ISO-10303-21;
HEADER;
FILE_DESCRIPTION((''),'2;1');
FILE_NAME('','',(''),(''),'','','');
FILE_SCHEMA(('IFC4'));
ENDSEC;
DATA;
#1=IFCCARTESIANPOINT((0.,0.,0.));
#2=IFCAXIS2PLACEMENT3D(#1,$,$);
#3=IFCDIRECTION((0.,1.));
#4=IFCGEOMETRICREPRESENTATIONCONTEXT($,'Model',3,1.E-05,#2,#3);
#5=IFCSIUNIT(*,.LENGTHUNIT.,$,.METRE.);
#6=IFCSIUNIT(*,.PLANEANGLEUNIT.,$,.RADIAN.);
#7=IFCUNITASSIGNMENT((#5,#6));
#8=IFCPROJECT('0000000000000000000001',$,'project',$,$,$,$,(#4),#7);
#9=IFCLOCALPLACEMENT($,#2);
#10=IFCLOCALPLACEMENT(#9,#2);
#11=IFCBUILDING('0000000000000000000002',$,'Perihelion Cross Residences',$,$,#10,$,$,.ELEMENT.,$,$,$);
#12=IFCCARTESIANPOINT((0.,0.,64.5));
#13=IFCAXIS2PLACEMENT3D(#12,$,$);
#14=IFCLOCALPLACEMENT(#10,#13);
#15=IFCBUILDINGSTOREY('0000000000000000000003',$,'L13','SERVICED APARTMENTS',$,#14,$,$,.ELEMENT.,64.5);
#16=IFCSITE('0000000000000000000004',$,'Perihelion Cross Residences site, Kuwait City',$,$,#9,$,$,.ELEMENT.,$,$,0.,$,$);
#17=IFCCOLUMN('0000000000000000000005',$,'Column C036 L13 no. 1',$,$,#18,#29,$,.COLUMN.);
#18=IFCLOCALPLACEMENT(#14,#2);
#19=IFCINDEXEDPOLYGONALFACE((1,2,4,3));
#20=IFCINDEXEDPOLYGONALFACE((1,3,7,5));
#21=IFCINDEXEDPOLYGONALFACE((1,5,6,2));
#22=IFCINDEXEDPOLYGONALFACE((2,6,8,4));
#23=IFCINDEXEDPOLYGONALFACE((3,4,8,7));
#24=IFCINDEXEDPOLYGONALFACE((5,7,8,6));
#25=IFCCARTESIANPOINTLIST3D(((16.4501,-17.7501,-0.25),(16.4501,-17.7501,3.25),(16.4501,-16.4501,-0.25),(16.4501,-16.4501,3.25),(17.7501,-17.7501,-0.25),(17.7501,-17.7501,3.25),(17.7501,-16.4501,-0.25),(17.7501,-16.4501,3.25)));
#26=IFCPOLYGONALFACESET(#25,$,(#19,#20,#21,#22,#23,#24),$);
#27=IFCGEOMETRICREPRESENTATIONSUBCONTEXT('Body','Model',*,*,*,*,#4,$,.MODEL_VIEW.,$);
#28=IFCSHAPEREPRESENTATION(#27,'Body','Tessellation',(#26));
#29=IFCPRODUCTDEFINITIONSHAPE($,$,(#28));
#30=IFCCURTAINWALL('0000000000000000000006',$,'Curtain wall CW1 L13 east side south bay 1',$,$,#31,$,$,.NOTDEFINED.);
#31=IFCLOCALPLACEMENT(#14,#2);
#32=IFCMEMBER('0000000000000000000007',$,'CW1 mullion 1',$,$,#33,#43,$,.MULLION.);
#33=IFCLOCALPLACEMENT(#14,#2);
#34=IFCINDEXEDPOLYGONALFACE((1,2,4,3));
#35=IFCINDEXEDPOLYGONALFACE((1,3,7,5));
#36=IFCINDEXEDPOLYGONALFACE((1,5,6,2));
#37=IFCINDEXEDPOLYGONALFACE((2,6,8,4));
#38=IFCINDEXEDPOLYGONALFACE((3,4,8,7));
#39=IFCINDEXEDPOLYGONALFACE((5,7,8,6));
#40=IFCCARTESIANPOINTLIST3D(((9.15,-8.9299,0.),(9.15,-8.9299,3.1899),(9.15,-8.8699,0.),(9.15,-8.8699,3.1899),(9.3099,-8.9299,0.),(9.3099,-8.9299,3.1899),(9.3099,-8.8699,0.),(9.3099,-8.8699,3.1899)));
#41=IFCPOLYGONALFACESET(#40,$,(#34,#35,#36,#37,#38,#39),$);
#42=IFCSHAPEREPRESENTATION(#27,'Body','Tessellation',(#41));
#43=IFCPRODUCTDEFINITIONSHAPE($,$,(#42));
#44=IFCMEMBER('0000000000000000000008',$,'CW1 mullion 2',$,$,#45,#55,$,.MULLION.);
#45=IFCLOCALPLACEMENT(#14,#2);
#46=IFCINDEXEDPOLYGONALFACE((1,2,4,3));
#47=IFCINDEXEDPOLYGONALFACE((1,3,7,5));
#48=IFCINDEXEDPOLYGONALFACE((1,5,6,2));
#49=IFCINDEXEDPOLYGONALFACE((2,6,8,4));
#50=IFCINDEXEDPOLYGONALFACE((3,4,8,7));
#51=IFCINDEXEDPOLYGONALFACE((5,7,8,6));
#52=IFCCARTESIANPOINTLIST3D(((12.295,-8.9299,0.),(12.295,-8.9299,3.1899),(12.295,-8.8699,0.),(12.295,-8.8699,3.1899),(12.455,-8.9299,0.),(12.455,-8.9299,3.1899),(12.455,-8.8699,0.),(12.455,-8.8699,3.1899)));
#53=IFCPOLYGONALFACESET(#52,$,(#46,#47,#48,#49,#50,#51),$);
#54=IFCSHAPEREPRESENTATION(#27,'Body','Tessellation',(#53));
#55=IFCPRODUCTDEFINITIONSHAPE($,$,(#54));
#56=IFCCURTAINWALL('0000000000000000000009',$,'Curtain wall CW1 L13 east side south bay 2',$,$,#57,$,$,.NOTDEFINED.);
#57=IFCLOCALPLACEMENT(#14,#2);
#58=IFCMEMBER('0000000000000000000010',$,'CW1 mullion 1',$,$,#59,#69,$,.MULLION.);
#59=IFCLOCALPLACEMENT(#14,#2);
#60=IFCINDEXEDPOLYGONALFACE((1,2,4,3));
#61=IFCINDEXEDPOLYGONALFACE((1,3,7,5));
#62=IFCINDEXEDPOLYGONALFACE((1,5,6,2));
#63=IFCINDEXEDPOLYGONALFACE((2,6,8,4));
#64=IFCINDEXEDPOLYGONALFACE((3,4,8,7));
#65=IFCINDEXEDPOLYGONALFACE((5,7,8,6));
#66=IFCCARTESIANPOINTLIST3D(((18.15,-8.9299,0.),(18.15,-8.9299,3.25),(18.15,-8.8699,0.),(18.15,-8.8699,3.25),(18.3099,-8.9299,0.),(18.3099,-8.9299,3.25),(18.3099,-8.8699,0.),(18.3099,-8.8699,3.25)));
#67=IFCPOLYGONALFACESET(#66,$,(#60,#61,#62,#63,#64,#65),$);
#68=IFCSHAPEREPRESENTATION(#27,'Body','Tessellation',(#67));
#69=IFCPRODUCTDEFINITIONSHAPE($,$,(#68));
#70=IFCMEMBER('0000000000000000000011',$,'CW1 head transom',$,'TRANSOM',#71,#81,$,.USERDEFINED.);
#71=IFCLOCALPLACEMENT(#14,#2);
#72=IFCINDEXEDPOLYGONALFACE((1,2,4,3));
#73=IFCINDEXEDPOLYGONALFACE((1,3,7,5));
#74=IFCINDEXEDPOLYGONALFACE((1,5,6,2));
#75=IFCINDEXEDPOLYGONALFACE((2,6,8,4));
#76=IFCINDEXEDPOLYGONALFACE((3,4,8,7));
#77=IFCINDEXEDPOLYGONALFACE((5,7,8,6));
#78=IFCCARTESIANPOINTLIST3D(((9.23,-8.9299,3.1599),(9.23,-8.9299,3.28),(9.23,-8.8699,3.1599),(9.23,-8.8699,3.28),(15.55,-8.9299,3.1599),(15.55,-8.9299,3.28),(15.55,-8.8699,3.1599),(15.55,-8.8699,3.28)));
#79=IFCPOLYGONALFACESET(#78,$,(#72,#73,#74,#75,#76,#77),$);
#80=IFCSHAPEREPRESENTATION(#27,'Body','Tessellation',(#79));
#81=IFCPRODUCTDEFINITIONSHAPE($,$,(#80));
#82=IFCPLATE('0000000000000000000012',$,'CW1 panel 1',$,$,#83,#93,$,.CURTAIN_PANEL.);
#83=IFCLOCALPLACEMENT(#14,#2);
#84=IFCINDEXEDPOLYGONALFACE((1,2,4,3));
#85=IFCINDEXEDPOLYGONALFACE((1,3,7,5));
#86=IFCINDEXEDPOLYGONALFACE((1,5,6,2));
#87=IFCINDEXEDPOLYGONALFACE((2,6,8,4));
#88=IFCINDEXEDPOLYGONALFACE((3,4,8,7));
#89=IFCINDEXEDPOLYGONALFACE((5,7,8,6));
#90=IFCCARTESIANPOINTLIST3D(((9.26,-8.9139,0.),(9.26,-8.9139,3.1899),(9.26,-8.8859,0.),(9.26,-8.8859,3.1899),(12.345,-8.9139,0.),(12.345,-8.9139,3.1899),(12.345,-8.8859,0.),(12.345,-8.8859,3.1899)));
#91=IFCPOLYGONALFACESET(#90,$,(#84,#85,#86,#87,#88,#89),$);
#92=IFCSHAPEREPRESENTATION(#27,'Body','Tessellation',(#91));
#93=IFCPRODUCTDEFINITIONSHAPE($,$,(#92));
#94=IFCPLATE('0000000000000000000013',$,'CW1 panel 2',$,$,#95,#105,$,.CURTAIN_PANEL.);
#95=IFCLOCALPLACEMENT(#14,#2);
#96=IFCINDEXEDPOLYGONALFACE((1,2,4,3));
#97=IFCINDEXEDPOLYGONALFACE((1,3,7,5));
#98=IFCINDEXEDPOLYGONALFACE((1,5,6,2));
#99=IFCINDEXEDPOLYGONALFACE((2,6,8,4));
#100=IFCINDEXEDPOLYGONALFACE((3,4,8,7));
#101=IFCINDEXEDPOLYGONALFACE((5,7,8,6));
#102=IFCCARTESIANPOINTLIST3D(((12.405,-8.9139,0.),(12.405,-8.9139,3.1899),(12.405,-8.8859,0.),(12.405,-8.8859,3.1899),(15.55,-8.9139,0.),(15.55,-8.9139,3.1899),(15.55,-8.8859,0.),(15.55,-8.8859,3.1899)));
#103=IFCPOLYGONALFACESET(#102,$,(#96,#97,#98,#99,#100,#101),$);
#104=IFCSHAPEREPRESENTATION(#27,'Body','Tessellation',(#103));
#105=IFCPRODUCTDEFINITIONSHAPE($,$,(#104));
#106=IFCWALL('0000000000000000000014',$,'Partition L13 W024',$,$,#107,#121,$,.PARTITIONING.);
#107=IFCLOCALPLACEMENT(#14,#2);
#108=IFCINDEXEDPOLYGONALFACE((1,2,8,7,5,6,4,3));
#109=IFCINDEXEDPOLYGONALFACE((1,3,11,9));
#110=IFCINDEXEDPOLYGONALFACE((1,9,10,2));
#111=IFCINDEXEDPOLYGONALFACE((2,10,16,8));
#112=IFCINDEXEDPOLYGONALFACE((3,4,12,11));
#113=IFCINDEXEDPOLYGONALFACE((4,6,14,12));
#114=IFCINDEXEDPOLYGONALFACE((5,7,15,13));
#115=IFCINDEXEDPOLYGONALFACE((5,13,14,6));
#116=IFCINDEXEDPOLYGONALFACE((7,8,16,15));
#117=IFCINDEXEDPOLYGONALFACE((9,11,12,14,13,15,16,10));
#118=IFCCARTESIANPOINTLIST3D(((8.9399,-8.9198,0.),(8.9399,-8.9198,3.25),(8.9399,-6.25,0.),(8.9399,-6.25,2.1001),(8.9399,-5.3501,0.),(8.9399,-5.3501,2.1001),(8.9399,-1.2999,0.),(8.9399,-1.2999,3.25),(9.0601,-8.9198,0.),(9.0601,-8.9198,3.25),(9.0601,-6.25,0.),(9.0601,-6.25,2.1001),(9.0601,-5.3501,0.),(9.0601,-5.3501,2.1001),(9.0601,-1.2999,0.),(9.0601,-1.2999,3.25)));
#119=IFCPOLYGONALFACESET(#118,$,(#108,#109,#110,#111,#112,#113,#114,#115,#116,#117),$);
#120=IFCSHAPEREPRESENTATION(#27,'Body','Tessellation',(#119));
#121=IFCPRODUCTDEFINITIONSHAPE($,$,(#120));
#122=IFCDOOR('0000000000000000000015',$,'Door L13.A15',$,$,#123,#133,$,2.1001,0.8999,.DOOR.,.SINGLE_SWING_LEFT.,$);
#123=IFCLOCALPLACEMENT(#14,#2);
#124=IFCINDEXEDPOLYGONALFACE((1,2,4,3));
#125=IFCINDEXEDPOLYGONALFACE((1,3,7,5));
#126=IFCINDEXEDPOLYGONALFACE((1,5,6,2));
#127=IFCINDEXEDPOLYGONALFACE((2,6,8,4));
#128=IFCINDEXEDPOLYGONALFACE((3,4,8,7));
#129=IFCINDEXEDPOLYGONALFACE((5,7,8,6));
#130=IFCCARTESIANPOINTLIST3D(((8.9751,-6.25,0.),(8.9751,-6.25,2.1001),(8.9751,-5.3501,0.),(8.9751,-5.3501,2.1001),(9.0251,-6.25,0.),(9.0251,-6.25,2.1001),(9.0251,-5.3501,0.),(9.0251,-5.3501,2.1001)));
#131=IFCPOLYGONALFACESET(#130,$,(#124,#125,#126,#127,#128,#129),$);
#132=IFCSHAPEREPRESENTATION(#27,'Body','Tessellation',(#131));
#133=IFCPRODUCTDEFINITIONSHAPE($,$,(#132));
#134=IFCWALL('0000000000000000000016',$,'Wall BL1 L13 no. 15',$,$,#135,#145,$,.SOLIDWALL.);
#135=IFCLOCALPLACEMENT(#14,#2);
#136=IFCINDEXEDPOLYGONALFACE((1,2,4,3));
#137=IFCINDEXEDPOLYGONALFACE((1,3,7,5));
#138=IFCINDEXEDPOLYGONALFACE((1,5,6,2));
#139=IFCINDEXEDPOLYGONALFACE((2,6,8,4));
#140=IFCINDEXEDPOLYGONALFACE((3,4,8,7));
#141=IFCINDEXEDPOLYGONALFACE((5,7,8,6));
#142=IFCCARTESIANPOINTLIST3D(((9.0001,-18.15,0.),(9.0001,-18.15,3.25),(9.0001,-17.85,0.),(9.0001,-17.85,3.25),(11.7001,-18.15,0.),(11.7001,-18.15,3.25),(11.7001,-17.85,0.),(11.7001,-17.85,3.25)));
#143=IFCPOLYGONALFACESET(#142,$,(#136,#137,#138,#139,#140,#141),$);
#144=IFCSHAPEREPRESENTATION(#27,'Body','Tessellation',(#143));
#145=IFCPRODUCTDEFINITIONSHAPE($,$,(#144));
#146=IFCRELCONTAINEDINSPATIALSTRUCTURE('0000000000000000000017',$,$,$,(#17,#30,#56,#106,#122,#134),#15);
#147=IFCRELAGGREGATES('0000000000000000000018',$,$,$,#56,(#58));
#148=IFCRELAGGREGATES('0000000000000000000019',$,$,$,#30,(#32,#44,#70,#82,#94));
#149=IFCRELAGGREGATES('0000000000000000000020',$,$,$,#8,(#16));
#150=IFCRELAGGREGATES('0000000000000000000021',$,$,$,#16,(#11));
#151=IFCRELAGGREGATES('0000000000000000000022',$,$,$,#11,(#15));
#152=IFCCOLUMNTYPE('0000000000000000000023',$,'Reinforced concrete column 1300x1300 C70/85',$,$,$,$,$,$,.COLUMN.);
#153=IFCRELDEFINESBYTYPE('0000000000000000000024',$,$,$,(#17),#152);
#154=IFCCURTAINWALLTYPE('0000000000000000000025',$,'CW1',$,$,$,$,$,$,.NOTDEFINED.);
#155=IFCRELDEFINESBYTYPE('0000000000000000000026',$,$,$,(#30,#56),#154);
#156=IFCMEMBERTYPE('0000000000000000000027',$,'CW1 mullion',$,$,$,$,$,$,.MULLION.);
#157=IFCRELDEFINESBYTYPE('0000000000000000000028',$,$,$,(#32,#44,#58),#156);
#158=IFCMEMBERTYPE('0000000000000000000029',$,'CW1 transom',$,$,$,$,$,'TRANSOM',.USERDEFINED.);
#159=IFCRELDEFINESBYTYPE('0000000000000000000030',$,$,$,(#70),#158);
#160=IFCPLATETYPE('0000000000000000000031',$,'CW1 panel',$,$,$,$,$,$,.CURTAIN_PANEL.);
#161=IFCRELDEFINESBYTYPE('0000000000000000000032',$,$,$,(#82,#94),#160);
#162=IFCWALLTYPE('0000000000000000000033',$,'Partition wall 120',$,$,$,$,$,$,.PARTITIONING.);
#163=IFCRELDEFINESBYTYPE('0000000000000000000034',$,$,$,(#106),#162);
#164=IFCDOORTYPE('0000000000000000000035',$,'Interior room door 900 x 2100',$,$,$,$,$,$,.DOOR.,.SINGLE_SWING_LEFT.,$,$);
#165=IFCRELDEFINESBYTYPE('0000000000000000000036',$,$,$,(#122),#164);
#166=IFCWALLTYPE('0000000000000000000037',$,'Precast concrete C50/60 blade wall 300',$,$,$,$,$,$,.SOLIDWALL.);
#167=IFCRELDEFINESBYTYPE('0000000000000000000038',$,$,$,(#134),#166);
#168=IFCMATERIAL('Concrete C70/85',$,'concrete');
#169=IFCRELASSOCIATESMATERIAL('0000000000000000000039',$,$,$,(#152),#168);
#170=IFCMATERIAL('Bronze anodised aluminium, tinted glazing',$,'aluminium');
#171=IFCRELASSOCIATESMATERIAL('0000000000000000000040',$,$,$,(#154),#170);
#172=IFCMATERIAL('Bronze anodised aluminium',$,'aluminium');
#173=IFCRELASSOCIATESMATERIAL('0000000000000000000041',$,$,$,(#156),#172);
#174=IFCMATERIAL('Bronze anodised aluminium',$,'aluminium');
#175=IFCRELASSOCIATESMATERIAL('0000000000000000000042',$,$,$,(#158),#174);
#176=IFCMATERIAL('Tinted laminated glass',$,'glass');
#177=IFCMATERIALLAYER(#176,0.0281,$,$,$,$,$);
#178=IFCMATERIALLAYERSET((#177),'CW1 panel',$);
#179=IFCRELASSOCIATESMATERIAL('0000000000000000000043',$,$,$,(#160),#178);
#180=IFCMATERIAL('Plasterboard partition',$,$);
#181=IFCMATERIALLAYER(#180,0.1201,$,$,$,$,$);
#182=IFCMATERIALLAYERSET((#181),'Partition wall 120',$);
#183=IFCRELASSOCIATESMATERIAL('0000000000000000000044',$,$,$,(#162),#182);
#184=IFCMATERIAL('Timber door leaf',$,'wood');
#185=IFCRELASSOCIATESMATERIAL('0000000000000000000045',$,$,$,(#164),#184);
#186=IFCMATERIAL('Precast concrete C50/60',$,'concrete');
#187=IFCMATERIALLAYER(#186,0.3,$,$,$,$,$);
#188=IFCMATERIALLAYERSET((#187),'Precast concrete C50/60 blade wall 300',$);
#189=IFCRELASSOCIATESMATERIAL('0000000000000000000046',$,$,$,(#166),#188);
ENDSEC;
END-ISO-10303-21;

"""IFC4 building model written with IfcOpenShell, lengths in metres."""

from ifc_helpers import new_model, si_unit, direction, frame, frame_2d, origin, origin_2d, place, context, subcontext, project, spatial, rectangle, extrude, material, layer, layer_set, material_profile, profile_set, type_object, element, fill, aggregate, save


model = new_model("IFC4")

# Units and contexts
model_context = context("Model", 3, precision=1e-05, world=origin(), true_north=direction((0.0, 1.0)))
body_context = subcontext(model_context, "Body", "Model", "MODEL_VIEW")
ifc_project = project(units=[si_unit("LENGTHUNIT", "METRE"), si_unit("PLANEANGLEUNIT", "RADIAN")], contexts=[model_context])

# Site, building, storey
site_placement = place(None, origin())
site = spatial("IfcSite", under=ifc_project, at=site_placement, Name="Perihelion Cross Residences site, Kuwait City", CompositionType="ELEMENT", RefElevation=0.0)
building_placement = place(site_placement, origin())
building = spatial("IfcBuilding", under=site, at=building_placement, Name="Perihelion Cross Residences", CompositionType="ELEMENT")
storey_placement = place(building_placement, frame((0.0, 0.0, 64.5)))
storey = spatial("IfcBuildingStorey", under=building, at=storey_placement, Name="L13", Description="SERVICED APARTMENTS", CompositionType="ELEMENT", Elevation=64.5)

# Column
ifc_material_1 = material(Name="Concrete C70/85", Category="concrete")
ifc_material_profile_1 = material_profile(ifc_material_1, rectangle(XDim=1.3, YDim=1.3, at=origin_2d()), Name="RC 1300x1300")
ifc_profile_set_1 = profile_set([ifc_material_profile_1], Name="Concrete C70/85")
column_type = type_object("IfcColumnType", Name="Reinforced concrete column 1300x1300 C70/85", PredefinedType="COLUMN", material=ifc_profile_set_1)
column_placement = place(storey_placement, frame((17.1001, -17.1001, -0.25), z_axis=(0.0, 0.0, 1.0), x_axis=(1.0, 0.0, 0.0)))
element("IfcColumn", 1, at=column_placement, inside=storey, type_object=column_type, Name="Column C036 L13 no. 1", PredefinedType="COLUMN", context=body_context, shape_type="SweptSolid", body=[
    extrude(rectangle(XDim=1.3, YDim=1.3, at=origin_2d()), origin(), (0.0, 0.0, 1.0), 3.5),
])

# Curtain wall, members
ifc_material_2 = material(Name="Bronze anodised aluminium, tinted glazing", Category="aluminium")
curtain_wall_type = type_object("IfcCurtainWallType", Name="CW1", PredefinedType="NOTDEFINED", material=ifc_material_2)
curtain_wall_1_placement = place(storey_placement, origin())
curtain_wall_1 = element("IfcCurtainWall", 2, at=curtain_wall_1_placement, inside=storey, type_object=curtain_wall_type, Name="Curtain wall CW1 L13 east side south bay 1", PredefinedType="NOTDEFINED")
ifc_material_3 = material(Name="Bronze anodised aluminium", Category="aluminium")
ifc_material_profile_2 = material_profile(ifc_material_3, rectangle(XDim=0.0601, YDim=0.1599, at=origin_2d()), Name="CW1 mullion")
ifc_profile_set_2 = profile_set([ifc_material_profile_2], Name="Bronze anodised aluminium")
member_type_1 = type_object("IfcMemberType", Name="CW1 mullion", PredefinedType="MULLION", material=ifc_profile_set_2)
member_1_placement = place(storey_placement, frame((9.23, -8.8999, 0.0), z_axis=(0.0, 0.0, 1.0), x_axis=(0.0, 1.0, 0.0)))
member_1 = element("IfcMember", 3, at=member_1_placement, type_object=member_type_1, Name="CW1 mullion 1", PredefinedType="MULLION", context=body_context, shape_type="SweptSolid", body=[
    extrude(rectangle(XDim=0.0601, YDim=0.1599, at=origin_2d()), origin(), (0.0, 0.0, 1.0), 3.1899),
])
member_2_placement = place(storey_placement, frame((12.375, -8.8999, 0.0), z_axis=(0.0, 0.0, 1.0), x_axis=(0.0, 1.0, 0.0)))
member_2 = element("IfcMember", 4, at=member_2_placement, type_object=member_type_1, Name="CW1 mullion 2", PredefinedType="MULLION", context=body_context, shape_type="SweptSolid", body=[
    extrude(rectangle(XDim=0.0601, YDim=0.1599, at=origin_2d()), origin(), (0.0, 0.0, 1.0), 3.1899),
])

# Curtain wall, member
curtain_wall_2_placement = place(storey_placement, origin())
curtain_wall_2 = element("IfcCurtainWall", 5, at=curtain_wall_2_placement, inside=storey, type_object=curtain_wall_type, Name="Curtain wall CW1 L13 east side south bay 2", PredefinedType="NOTDEFINED")
member_3_placement = place(storey_placement, frame((18.23, -8.8999, 0.0), z_axis=(0.0, 0.0, 1.0), x_axis=(0.0, 1.0, 0.0)))
member_3 = element("IfcMember", 6, at=member_3_placement, type_object=member_type_1, Name="CW1 mullion 1", PredefinedType="MULLION", context=body_context, shape_type="SweptSolid", body=[
    extrude(rectangle(XDim=0.0601, YDim=0.1599, at=origin_2d()), origin(), (0.0, 0.0, 1.0), 3.25),
])
aggregate(curtain_wall_2, [member_3])

# Member
ifc_material_4 = material(Name="Bronze anodised aluminium", Category="aluminium")
ifc_material_profile_3 = material_profile(ifc_material_4, rectangle(XDim=0.0601, YDim=0.1201, at=origin_2d()), Name="CW1 transom")
ifc_profile_set_3 = profile_set([ifc_material_profile_3], Name="Bronze anodised aluminium")
member_type_2 = type_object("IfcMemberType", Name="CW1 transom", ElementType="TRANSOM", PredefinedType="USERDEFINED", material=ifc_profile_set_3)
member_4_placement = place(storey_placement, frame((9.23, -8.8999, 3.22), z_axis=(1.0, 0.0, 0.0), x_axis=(0.0, 1.0, 0.0)))
member_4 = element("IfcMember", 7, at=member_4_placement, type_object=member_type_2, Name="CW1 head transom", ObjectType="TRANSOM", PredefinedType="USERDEFINED", context=body_context, shape_type="SweptSolid", body=[
    extrude(rectangle(XDim=0.0601, YDim=0.1201, at=origin_2d()), origin(), (0.0, 0.0, 1.0), 6.3201),
])

# Plates
ifc_material_5 = material(Name="Tinted laminated glass", Category="glass")
ifc_layer_1 = layer(ifc_material_5, 0.0281)
ifc_layer_set_1 = layer_set([ifc_layer_1], Name="CW1 panel")
plate_type = type_object("IfcPlateType", Name="CW1 panel", PredefinedType="CURTAIN_PANEL", material=ifc_layer_set_1)
plate_1_placement = place(storey_placement, frame((10.8025, -8.8999, 0.0), z_axis=(0.0, 0.0, 1.0), x_axis=(1.0, 0.0, 0.0)))
plate_1 = element("IfcPlate", 8, at=plate_1_placement, type_object=plate_type, Name="CW1 panel 1", PredefinedType="CURTAIN_PANEL", context=body_context, shape_type="SweptSolid", body=[
    extrude(rectangle(XDim=3.085, YDim=0.0281, at=origin_2d()), origin(), (0.0, 0.0, 1.0), 3.1899),
])
plate_2_placement = place(storey_placement, frame((13.9775, -8.8999, 0.0), z_axis=(0.0, 0.0, 1.0), x_axis=(1.0, 0.0, 0.0)))
plate_2 = element("IfcPlate", 9, at=plate_2_placement, type_object=plate_type, Name="CW1 panel 2", PredefinedType="CURTAIN_PANEL", context=body_context, shape_type="SweptSolid", body=[
    extrude(rectangle(XDim=3.145, YDim=0.0281, at=origin_2d()), origin(), (0.0, 0.0, 1.0), 3.1899),
])
aggregate(curtain_wall_1, [member_1, member_2, member_4, plate_1, plate_2])

# Wall, opening, door
ifc_material_6 = material(Name="Plasterboard partition")
ifc_layer_2 = layer(ifc_material_6, 0.1201)
ifc_layer_set_2 = layer_set([ifc_layer_2], Name="Partition wall 120")
wall_type_1 = type_object("IfcWallType", Name="Partition wall 120", PredefinedType="PARTITIONING", material=ifc_layer_set_2)
wall_1_placement = place(storey_placement, frame((9.0, -8.9199, 0.0), z_axis=(0.0, 0.0, 1.0), x_axis=(0.0, 1.0, 0.0)))
wall_1 = element("IfcWall", 10, at=wall_1_placement, inside=storey, type_object=wall_type_1, Name="Partition L13 W024", PredefinedType="PARTITIONING", context=body_context, shape_type="SweptSolid", body=[
    extrude(rectangle(XDim=7.6199, YDim=0.1201, at=frame_2d((3.8101, 0.0))), origin(), (0.0, 0.0, 1.0), 3.25),
])
opening_1_placement = place(wall_1_placement, frame((2.6699, 0.0, 0.0)))
opening_1 = element("IfcOpeningElement", 11, at=opening_1_placement, cuts=wall_1, PredefinedType="OPENING", context=body_context, shape_type="SweptSolid", body=[
    extrude(rectangle(XDim=0.8999, YDim=2.1001, at=frame_2d((0.45, 1.05))), frame((0.0, 0.0701, 0.0), z_axis=(0.0, -1.0, 0.0), x_axis=(1.0, 0.0, 0.0)), (0.0, 0.0, 1.0), 0.1401),
])
ifc_material_7 = material(Name="Timber door leaf", Category="wood")
door_type_1 = type_object("IfcDoorType", Name="Interior room door 900 x 2100", OperationType="SINGLE_SWING_LEFT", PredefinedType="DOOR", material=ifc_material_7)
door_1_placement = place(opening_1_placement, origin())
door_1 = element("IfcDoor", 12, at=door_1_placement, inside=storey, type_object=door_type_1, Name="Door L13.A15", OperationType="SINGLE_SWING_LEFT", OverallHeight=2.1001, OverallWidth=0.8999, PredefinedType="DOOR", context=body_context, shape_type="SweptSolid", body=[
    extrude(rectangle(XDim=0.8999, YDim=2.1001, at=frame_2d((0.45, 1.05))), frame((0.0, 0.0249, 0.0), z_axis=(0.0, -1.0, 0.0), x_axis=(1.0, 0.0, 0.0)), (0.0, 0.0, 1.0), 0.05),
])
fill(opening_1, door_1)

# Wall
ifc_material_8 = material(Name="Precast concrete C50/60", Category="concrete")
ifc_layer_3 = layer(ifc_material_8, 0.3)
ifc_layer_set_3 = layer_set([ifc_layer_3], Name="Precast concrete C50/60 blade wall 300")
wall_type_2 = type_object("IfcWallType", Name="Precast concrete C50/60 blade wall 300", PredefinedType="SOLIDWALL", material=ifc_layer_set_3)
wall_2_placement = place(storey_placement, frame((9.0, -18.0, 0.0), z_axis=(0.0, 0.0, 1.0), x_axis=(1.0, 0.0, 0.0)))
element("IfcWall", 13, at=wall_2_placement, inside=storey, type_object=wall_type_2, Name="Wall BL1 L13 no. 15", PredefinedType="SOLIDWALL", context=body_context, shape_type="SweptSolid", body=[
    extrude(rectangle(XDim=2.7, YDim=0.3, at=frame_2d((1.3501, 0.0))), origin(), (0.0, 0.0, 1.0), 3.25),
])

save(model, "model.ifc")
